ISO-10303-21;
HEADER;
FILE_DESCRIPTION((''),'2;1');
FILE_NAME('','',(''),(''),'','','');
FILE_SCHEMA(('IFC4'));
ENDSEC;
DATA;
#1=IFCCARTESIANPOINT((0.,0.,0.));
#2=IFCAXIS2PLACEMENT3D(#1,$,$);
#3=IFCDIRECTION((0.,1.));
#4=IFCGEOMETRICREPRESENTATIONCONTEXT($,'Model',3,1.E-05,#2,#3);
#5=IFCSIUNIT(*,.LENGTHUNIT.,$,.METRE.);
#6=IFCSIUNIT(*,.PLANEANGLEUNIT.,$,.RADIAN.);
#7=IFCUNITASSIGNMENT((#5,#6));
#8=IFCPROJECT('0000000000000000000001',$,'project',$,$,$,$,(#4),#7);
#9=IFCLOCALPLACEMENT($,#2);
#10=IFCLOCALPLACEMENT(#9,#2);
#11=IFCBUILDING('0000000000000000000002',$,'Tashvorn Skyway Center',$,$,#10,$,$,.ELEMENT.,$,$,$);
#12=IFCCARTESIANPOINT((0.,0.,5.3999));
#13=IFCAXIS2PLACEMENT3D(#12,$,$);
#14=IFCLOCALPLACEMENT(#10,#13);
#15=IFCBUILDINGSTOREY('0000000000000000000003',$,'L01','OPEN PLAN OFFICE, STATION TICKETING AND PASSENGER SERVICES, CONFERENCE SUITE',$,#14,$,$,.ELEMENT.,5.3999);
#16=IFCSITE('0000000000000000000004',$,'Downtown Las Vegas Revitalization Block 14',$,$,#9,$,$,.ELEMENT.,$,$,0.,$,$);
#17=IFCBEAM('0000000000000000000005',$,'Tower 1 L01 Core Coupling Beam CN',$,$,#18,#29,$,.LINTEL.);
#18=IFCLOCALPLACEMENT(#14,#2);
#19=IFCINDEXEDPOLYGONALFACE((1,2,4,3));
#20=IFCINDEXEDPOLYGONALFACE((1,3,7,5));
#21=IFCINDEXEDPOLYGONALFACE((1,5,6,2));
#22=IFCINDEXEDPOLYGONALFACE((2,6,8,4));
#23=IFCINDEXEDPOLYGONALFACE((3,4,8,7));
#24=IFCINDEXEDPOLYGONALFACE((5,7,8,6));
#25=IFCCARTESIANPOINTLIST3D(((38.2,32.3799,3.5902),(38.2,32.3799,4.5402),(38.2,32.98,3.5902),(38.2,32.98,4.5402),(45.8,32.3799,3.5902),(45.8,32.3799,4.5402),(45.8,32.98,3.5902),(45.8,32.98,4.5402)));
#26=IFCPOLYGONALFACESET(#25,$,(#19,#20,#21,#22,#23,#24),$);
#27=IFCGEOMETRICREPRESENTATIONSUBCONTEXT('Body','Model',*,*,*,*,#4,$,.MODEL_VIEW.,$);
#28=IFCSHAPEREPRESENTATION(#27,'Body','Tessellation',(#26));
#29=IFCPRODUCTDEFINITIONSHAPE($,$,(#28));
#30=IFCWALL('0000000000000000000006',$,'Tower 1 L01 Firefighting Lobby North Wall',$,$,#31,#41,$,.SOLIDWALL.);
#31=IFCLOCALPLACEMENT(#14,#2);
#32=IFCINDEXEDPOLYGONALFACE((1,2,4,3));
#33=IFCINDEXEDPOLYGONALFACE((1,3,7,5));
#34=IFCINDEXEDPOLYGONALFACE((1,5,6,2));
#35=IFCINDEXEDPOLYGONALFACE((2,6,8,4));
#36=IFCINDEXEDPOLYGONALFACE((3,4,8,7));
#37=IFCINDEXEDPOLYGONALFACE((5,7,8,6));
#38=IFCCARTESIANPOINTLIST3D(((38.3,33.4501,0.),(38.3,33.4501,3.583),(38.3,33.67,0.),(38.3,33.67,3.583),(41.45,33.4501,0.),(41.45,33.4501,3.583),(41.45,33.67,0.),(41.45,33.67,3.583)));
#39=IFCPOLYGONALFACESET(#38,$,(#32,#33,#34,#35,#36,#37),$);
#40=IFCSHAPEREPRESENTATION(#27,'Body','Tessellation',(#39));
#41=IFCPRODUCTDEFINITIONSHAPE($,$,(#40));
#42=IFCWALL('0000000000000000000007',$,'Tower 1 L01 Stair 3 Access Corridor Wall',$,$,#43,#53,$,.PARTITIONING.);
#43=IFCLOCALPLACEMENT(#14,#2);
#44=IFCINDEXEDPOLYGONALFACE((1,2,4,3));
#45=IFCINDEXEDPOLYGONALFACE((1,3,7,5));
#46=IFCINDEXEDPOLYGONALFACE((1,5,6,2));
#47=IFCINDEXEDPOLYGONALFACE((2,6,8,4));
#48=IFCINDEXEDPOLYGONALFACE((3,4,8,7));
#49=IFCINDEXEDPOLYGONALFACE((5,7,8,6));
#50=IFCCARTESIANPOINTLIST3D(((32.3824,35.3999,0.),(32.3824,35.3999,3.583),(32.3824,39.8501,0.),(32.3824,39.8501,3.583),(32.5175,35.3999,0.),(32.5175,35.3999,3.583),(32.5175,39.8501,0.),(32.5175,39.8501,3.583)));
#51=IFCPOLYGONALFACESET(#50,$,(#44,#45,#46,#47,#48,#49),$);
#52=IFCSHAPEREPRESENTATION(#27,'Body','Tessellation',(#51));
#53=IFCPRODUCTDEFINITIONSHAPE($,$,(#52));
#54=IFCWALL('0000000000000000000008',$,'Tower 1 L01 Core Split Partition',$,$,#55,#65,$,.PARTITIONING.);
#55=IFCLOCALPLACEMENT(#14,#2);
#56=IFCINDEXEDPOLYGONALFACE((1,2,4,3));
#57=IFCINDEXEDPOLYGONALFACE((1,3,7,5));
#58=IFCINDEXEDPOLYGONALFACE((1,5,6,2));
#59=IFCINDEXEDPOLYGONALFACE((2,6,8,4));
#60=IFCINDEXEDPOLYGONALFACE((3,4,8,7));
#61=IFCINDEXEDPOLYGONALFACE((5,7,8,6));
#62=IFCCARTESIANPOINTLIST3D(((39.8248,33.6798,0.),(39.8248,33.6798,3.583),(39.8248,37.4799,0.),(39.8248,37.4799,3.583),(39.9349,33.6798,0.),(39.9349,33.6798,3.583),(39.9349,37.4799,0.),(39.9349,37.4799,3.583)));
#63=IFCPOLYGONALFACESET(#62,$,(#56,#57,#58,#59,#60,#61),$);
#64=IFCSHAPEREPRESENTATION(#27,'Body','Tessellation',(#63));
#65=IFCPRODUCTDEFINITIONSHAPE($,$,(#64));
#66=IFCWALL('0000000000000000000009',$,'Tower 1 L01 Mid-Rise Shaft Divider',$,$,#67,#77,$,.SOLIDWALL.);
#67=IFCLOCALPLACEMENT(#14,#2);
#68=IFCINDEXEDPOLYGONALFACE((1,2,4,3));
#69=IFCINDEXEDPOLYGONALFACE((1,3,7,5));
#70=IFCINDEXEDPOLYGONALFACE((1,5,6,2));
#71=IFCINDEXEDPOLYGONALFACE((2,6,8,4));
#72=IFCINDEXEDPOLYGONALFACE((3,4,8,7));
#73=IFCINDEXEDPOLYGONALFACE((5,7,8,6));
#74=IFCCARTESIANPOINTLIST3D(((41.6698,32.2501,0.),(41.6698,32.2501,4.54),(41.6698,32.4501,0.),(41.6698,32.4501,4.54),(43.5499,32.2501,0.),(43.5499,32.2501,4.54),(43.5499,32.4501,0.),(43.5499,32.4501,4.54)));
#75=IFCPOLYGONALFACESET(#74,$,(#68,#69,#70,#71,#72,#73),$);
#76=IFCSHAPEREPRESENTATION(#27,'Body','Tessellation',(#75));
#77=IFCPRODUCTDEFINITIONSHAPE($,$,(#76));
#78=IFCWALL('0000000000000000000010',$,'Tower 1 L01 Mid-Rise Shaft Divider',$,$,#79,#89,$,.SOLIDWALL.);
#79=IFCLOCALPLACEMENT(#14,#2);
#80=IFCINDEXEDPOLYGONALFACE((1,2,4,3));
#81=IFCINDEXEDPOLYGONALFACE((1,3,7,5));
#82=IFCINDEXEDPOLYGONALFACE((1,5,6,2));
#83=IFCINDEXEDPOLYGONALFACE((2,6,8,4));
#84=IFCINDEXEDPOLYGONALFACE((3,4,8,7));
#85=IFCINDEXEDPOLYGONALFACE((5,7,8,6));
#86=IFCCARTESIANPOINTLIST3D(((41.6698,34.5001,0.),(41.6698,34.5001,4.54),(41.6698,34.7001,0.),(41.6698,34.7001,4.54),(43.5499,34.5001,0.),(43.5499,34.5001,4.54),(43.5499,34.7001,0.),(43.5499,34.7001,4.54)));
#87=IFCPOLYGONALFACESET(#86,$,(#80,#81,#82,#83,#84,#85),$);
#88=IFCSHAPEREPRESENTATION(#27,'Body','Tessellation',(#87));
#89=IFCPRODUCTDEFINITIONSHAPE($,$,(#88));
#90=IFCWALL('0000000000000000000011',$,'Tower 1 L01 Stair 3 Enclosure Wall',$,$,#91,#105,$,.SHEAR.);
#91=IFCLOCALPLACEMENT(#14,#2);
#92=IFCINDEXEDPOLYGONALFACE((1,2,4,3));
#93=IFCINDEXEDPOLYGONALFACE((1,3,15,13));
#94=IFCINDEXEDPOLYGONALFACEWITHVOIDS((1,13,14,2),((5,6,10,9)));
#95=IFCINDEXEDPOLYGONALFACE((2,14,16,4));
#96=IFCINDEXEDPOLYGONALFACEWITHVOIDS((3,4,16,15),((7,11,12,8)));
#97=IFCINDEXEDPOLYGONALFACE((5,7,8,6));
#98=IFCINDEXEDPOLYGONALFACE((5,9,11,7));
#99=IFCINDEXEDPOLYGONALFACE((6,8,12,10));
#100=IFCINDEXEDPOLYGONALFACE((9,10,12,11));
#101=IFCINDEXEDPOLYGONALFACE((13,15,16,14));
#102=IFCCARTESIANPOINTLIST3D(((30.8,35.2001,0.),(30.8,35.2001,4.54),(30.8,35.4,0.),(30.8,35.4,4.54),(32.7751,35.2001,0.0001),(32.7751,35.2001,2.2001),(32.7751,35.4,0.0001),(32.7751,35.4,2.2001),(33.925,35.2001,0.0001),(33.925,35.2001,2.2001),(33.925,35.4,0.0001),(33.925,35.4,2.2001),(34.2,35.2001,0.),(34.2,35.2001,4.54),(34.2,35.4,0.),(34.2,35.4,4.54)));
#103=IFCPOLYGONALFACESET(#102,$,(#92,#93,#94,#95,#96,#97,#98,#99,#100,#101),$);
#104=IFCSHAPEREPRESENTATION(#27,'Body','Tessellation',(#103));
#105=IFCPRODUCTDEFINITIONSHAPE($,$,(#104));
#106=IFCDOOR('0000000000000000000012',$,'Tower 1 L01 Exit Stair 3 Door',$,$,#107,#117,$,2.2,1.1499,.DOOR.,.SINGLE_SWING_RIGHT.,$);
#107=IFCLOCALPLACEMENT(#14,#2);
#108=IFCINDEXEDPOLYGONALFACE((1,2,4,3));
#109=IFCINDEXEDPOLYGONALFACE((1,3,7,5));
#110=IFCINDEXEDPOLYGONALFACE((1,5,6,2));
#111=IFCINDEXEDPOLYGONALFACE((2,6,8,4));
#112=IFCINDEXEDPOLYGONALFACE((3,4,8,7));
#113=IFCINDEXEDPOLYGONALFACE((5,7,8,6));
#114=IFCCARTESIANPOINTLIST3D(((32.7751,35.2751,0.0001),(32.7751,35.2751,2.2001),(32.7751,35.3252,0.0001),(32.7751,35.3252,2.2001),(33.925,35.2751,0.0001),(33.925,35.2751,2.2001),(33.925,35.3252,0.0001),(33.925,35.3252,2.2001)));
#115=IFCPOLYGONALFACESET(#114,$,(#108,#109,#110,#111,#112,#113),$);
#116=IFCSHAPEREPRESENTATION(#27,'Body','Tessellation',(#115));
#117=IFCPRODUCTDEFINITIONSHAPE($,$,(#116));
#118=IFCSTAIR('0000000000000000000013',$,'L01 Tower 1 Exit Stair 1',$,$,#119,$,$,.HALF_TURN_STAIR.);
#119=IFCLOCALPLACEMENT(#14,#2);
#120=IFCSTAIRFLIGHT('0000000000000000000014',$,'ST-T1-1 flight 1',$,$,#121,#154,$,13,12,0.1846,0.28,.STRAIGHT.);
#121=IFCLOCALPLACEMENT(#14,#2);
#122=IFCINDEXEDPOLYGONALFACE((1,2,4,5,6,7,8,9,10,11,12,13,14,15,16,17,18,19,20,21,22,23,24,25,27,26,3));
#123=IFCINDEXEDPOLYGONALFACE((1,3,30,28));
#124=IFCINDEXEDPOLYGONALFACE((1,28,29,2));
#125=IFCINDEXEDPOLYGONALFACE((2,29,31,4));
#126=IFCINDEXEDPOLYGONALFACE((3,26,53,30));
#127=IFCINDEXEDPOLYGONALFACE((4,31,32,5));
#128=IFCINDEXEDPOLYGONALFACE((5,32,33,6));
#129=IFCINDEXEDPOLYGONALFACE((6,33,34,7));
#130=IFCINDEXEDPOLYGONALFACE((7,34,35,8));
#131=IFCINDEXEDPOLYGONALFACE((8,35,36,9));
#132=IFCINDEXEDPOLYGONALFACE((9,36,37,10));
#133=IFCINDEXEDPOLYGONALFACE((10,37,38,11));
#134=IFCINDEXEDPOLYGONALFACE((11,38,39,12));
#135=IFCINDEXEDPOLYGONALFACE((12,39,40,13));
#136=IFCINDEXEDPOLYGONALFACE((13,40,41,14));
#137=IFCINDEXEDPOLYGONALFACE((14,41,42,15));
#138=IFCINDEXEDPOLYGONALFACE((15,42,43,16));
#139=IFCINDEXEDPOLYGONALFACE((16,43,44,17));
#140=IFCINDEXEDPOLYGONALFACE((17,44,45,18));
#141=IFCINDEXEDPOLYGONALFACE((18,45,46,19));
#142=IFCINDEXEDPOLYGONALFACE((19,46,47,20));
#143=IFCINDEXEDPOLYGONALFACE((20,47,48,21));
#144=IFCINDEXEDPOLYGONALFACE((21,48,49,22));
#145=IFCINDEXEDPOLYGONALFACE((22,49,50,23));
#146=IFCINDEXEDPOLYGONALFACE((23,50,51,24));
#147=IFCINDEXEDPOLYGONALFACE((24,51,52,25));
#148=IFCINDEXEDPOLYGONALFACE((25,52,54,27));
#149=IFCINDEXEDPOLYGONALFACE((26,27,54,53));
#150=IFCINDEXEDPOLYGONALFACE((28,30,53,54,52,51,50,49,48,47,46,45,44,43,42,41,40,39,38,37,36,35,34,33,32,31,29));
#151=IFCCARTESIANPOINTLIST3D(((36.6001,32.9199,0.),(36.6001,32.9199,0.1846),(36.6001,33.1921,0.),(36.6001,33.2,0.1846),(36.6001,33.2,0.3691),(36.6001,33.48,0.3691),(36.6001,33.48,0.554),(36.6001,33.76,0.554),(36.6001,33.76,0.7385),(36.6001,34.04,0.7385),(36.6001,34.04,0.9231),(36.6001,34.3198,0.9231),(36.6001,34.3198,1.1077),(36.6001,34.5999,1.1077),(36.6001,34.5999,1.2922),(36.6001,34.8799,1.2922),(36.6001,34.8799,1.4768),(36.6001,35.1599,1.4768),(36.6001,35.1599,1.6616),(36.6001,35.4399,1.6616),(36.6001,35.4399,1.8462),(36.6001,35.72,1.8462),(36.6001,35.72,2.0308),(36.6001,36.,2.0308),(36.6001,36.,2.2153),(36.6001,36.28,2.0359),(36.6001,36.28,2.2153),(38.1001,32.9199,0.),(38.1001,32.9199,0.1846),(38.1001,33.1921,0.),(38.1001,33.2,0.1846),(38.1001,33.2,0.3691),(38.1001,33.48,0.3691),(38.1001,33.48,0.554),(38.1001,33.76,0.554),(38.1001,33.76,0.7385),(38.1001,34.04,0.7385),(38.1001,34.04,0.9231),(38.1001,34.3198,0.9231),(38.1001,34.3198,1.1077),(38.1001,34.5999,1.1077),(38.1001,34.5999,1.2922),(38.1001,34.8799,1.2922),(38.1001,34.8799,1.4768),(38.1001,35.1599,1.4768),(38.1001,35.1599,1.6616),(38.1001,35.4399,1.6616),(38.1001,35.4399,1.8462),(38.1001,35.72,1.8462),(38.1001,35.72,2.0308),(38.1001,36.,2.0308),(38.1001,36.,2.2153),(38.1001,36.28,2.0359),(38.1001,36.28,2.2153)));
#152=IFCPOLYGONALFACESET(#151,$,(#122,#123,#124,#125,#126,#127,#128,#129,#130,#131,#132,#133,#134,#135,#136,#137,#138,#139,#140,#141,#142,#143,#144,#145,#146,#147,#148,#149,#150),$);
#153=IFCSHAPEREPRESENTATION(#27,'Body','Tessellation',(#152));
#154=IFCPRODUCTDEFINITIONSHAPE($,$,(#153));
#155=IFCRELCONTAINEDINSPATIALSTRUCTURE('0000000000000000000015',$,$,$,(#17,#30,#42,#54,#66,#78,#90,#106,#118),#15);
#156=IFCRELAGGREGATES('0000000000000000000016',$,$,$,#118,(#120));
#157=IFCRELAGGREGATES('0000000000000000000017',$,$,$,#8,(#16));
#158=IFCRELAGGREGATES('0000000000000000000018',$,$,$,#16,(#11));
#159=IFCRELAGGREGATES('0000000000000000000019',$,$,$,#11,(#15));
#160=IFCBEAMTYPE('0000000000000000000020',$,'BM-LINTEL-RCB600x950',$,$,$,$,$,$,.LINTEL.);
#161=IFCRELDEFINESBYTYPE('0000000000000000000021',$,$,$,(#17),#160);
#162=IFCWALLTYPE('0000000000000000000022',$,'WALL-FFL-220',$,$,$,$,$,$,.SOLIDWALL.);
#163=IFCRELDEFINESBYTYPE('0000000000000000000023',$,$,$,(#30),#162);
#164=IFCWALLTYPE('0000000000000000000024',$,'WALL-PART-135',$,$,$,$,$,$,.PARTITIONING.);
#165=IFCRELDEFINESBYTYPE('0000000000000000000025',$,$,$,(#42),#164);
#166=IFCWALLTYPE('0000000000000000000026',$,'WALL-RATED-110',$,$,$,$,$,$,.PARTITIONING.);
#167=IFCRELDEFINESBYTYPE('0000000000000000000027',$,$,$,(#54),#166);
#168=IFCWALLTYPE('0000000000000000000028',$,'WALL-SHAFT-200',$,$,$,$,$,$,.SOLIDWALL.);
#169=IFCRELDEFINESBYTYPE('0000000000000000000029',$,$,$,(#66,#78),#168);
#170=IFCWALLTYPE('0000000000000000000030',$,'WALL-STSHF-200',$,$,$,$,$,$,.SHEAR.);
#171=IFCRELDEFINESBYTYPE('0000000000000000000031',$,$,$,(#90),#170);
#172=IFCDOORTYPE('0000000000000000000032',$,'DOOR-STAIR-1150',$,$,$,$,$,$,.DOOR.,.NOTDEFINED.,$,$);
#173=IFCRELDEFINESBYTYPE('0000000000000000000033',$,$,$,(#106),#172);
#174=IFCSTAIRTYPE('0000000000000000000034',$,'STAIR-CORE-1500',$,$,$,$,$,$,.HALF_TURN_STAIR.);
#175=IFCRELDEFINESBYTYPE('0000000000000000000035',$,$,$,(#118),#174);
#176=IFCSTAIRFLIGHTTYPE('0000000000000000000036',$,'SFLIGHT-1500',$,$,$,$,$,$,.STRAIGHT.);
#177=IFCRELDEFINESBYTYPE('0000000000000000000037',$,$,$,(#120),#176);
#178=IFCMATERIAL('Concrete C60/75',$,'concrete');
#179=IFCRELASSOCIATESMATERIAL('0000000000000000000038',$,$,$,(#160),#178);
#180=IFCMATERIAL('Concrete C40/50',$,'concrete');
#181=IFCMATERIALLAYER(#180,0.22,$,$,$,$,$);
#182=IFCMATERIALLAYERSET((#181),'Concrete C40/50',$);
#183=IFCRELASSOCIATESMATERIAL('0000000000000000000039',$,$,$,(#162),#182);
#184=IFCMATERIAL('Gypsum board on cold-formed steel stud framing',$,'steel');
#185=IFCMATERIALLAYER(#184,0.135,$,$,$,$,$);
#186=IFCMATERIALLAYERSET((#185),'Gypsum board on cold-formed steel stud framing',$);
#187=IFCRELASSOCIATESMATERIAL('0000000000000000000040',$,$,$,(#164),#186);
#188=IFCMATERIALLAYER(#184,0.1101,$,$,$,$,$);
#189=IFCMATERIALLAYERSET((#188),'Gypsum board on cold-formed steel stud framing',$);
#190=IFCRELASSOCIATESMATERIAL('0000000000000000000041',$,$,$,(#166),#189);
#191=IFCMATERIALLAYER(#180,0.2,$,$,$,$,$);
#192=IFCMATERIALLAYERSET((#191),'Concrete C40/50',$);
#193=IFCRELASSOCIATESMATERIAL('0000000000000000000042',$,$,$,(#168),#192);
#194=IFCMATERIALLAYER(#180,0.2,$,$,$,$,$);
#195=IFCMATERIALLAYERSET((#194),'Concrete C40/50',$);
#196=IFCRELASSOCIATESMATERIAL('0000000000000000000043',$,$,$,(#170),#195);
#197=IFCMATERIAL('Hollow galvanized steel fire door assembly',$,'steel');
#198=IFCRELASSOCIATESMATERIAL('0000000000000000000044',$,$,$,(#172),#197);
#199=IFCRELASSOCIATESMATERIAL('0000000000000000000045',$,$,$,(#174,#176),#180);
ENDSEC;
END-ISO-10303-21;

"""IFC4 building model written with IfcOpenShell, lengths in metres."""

from ifc_helpers import new_model, si_unit, direction, frame, frame_2d, origin, origin_2d, place, context, subcontext, project, spatial, polyline, rectangle, outline, extrude, material, layer, layer_set, material_profile, profile_set, type_object, element, fill, aggregate, save


model = new_model("IFC4")

# Units and contexts
model_context = context("Model", 3, precision=1e-05, world=origin(), true_north=direction((0.0, 1.0)))
body_context = subcontext(model_context, "Body", "Model", "MODEL_VIEW")
ifc_project = project(units=[si_unit("LENGTHUNIT", "METRE"), si_unit("PLANEANGLEUNIT", "RADIAN")], contexts=[model_context])

# Site, building, storey
site_placement = place(None, origin())
site = spatial("IfcSite", under=ifc_project, at=site_placement, Name="Downtown Las Vegas Revitalization Block 14", CompositionType="ELEMENT", RefElevation=0.0)
building_placement = place(site_placement, origin())
building = spatial("IfcBuilding", under=site, at=building_placement, Name="Tashvorn Skyway Center", CompositionType="ELEMENT")
storey_placement = place(building_placement, frame((0.0, 0.0, 5.3999)))
storey = spatial("IfcBuildingStorey", under=building, at=storey_placement, Name="L01", Description="OPEN PLAN OFFICE, STATION TICKETING AND PASSENGER SERVICES, CONFERENCE SUITE", CompositionType="ELEMENT", Elevation=5.3999)

# Beam
ifc_material_1 = material(Name="Concrete C60/75", Category="concrete")
ifc_material_profile = material_profile(ifc_material_1, rectangle(XDim=0.6001, YDim=0.95, at=origin_2d()), Name="RCB600x950")
ifc_profile_set = profile_set([ifc_material_profile], Name="Concrete C60/75")
beam_type = type_object("IfcBeamType", Name="BM-LINTEL-RCB600x950", PredefinedType="LINTEL", material=ifc_profile_set)
beam_placement = place(storey_placement, frame((38.2, 32.6799, 4.0652), z_axis=(1.0, 0.0, 0.0), x_axis=(0.0, 1.0, 0.0)))
element("IfcBeam", 1, at=beam_placement, inside=storey, type_object=beam_type, Name="Tower 1 L01 Core Coupling Beam CN", PredefinedType="LINTEL", context=body_context, shape_type="SweptSolid", body=[
    extrude(rectangle(XDim=0.6001, YDim=0.95, at=origin_2d()), origin(), (0.0, 0.0, 1.0), 7.6001),
])

# Walls
ifc_material_2 = material(Name="Concrete C40/50", Category="concrete")
ifc_layer_1 = layer(ifc_material_2, 0.22)
ifc_layer_set_1 = layer_set([ifc_layer_1], Name="Concrete C40/50")
wall_type_1 = type_object("IfcWallType", Name="WALL-FFL-220", PredefinedType="SOLIDWALL", material=ifc_layer_set_1)
wall_1_placement = place(storey_placement, frame((38.3, 33.5601, 0.0), z_axis=(0.0, 0.0, 1.0), x_axis=(1.0, 0.0, 0.0)))
element("IfcWall", 2, at=wall_1_placement, inside=storey, type_object=wall_type_1, Name="Tower 1 L01 Firefighting Lobby North Wall", PredefinedType="SOLIDWALL", context=body_context, shape_type="SweptSolid", body=[
    extrude(rectangle(XDim=3.1499, YDim=0.22, at=frame_2d((1.575, 0.0))), origin(), (0.0, 0.0, 1.0), 3.583),
])
ifc_material_3 = material(Name="Gypsum board on cold-formed steel stud framing", Category="steel")
ifc_layer_2 = layer(ifc_material_3, 0.135)
ifc_layer_set_2 = layer_set([ifc_layer_2], Name="Gypsum board on cold-formed steel stud framing")
wall_type_2 = type_object("IfcWallType", Name="WALL-PART-135", PredefinedType="PARTITIONING", material=ifc_layer_set_2)
wall_2_placement = place(storey_placement, frame((32.45, 35.3999, 0.0), z_axis=(0.0, 0.0, 1.0), x_axis=(0.0, 1.0, 0.0)))
element("IfcWall", 3, at=wall_2_placement, inside=storey, type_object=wall_type_2, Name="Tower 1 L01 Stair 3 Access Corridor Wall", PredefinedType="PARTITIONING", context=body_context, shape_type="SweptSolid", body=[
    extrude(rectangle(XDim=4.4502, YDim=0.135, at=frame_2d((2.2251, 0.0))), origin(), (0.0, 0.0, 1.0), 3.583),
])
ifc_layer_3 = layer(ifc_material_3, 0.1101)
ifc_layer_set_3 = layer_set([ifc_layer_3], Name="Gypsum board on cold-formed steel stud framing")
wall_type_3 = type_object("IfcWallType", Name="WALL-RATED-110", PredefinedType="PARTITIONING", material=ifc_layer_set_3)
wall_3_placement = place(storey_placement, frame((39.8799, 33.6799, 0.0), z_axis=(0.0, 0.0, 1.0), x_axis=(0.0, 1.0, 0.0)))
element("IfcWall", 4, at=wall_3_placement, inside=storey, type_object=wall_type_3, Name="Tower 1 L01 Core Split Partition", PredefinedType="PARTITIONING", context=body_context, shape_type="SweptSolid", body=[
    extrude(rectangle(XDim=3.8, YDim=0.1101, at=frame_2d((1.8999, 0.0))), origin(), (0.0, 0.0, 1.0), 3.583),
])
ifc_layer_4 = layer(ifc_material_2, 0.2)
ifc_layer_set_4 = layer_set([ifc_layer_4], Name="Concrete C40/50")
wall_type_4 = type_object("IfcWallType", Name="WALL-SHAFT-200", PredefinedType="SOLIDWALL", material=ifc_layer_set_4)
for number, where, z_axis, x_axis, name in (
    (5, (41.6699, 32.3501, 0.0), (0.0, 0.0, 1.0), (1.0, 0.0, 0.0), "Tower 1 L01 Mid-Rise Shaft Divider"),
    (6, (41.6699, 34.6001, 0.0), (0.0, 0.0, 1.0), (1.0, 0.0, 0.0), "Tower 1 L01 Mid-Rise Shaft Divider"),
):
    element("IfcWall", number, at=place(storey_placement, frame(where, z_axis=z_axis, x_axis=x_axis)), inside=storey, type_object=wall_type_4, Name=name, PredefinedType="SOLIDWALL", context=body_context, shape_type="SweptSolid", body=[
        extrude(rectangle(XDim=1.8801, YDim=0.2, at=frame_2d((0.9399, 0.0))), origin(), (0.0, 0.0, 1.0), 4.54),
    ])

# Wall, opening, door
ifc_layer_5 = layer(ifc_material_2, 0.2)
ifc_layer_set_5 = layer_set([ifc_layer_5], Name="Concrete C40/50")
wall_type_5 = type_object("IfcWallType", Name="WALL-STSHF-200", PredefinedType="SHEAR", material=ifc_layer_set_5)
wall_4_placement = place(storey_placement, frame((34.2, 35.3, 0.0), z_axis=(0.0, 0.0, 1.0), x_axis=(-1.0, 0.0, 0.0)))
wall_4 = element("IfcWall", 7, at=wall_4_placement, inside=storey, type_object=wall_type_5, Name="Tower 1 L01 Stair 3 Enclosure Wall", PredefinedType="SHEAR", context=body_context, shape_type="SweptSolid", body=[
    extrude(rectangle(XDim=3.3999, YDim=0.2, at=frame_2d((1.7, 0.0))), origin(), (0.0, 0.0, 1.0), 4.54),
])
opening_placement = place(wall_4_placement, frame((0.2749, 0.0, 0.0)))
opening = element("IfcOpeningElement", 8, at=opening_placement, cuts=wall_4, PredefinedType="OPENING", context=body_context, shape_type="SweptSolid", body=[
    extrude(rectangle(XDim=1.1499, YDim=2.2, at=frame_2d((0.575, 1.1001))), frame((0.0, 0.1099, 0.0), z_axis=(0.0, -1.0, 0.0), x_axis=(1.0, 0.0, 0.0)), (0.0, 0.0, 1.0), 0.22),
])
ifc_material_4 = material(Name="Hollow galvanized steel fire door assembly", Category="steel")
door_type = type_object("IfcDoorType", Name="DOOR-STAIR-1150", OperationType="NOTDEFINED", PredefinedType="DOOR", material=ifc_material_4)
door_placement = place(opening_placement, origin())
door = element("IfcDoor", 9, at=door_placement, inside=storey, type_object=door_type, Name="Tower 1 L01 Exit Stair 3 Door", OperationType="SINGLE_SWING_RIGHT", OverallHeight=2.2, OverallWidth=1.1499, PredefinedType="DOOR", context=body_context, shape_type="SweptSolid", body=[
    extrude(rectangle(XDim=1.1499, YDim=2.2, at=frame_2d((0.575, 1.1001))), frame((0.0, 0.0249, 0.0), z_axis=(0.0, -1.0, 0.0), x_axis=(1.0, 0.0, 0.0)), (0.0, 0.0, 1.0), 0.05),
])
fill(opening, door)

# Stair, stair flight
stair_type = type_object("IfcStairType", Name="STAIR-CORE-1500", PredefinedType="HALF_TURN_STAIR", material=ifc_material_2)
stair_placement = place(storey_placement, origin())
stair = element("IfcStair", 10, at=stair_placement, inside=storey, type_object=stair_type, Name="L01 Tower 1 Exit Stair 1", PredefinedType="HALF_TURN_STAIR")
stair_flight_type = type_object("IfcStairFlightType", Name="SFLIGHT-1500", PredefinedType="STRAIGHT", material=ifc_material_2)
stair_flight_placement = place(storey_placement, frame((37.3501, 32.9199, 0.0), z_axis=(0.0, 0.0, 1.0), x_axis=(0.0, 1.0, 0.0)))
stair_flight = element("IfcStairFlight", 11, at=stair_flight_placement, type_object=stair_flight_type, Name="ST-T1-1 flight 1", NumberOfRisers=13, NumberOfTreads=12, PredefinedType="STRAIGHT", RiserHeight=0.1846, TreadLength=0.28, context=body_context, shape_type="SweptSolid", body=[
    extrude(outline(polyline([(0.0, 0.0), (0.0, 0.1846), (0.28, 0.1846), (0.28, 0.3691), (0.5601, 0.3691), (0.5601, 0.554), (0.8401, 0.554), (0.8401, 0.7385), (1.1201, 0.7385), (1.1201, 0.9231), (1.3999, 0.9231), (1.3999, 1.1077), (1.6799, 1.1077), (1.6799, 1.2922), (1.96, 1.2922), (1.96, 1.4768), (2.24, 1.4768), (2.24, 1.6616), (2.52, 1.6616), (2.52, 1.8462), (2.8, 1.8462), (2.8, 2.0308), (3.0801, 2.0308), (3.0801, 2.2153), (3.3601, 2.2153), (3.3601, 2.3999), (3.3601, 2.0359), (0.2722, 0.0), (0.0, 0.0)])), frame((0.0, 0.75, 0.0), z_axis=(0.0, -1.0, 0.0), x_axis=(1.0, 0.0, 0.0)), (0.0, 0.0, 1.0), 1.5),
])
aggregate(stair, [stair_flight])

save(model, "model.ifc")
